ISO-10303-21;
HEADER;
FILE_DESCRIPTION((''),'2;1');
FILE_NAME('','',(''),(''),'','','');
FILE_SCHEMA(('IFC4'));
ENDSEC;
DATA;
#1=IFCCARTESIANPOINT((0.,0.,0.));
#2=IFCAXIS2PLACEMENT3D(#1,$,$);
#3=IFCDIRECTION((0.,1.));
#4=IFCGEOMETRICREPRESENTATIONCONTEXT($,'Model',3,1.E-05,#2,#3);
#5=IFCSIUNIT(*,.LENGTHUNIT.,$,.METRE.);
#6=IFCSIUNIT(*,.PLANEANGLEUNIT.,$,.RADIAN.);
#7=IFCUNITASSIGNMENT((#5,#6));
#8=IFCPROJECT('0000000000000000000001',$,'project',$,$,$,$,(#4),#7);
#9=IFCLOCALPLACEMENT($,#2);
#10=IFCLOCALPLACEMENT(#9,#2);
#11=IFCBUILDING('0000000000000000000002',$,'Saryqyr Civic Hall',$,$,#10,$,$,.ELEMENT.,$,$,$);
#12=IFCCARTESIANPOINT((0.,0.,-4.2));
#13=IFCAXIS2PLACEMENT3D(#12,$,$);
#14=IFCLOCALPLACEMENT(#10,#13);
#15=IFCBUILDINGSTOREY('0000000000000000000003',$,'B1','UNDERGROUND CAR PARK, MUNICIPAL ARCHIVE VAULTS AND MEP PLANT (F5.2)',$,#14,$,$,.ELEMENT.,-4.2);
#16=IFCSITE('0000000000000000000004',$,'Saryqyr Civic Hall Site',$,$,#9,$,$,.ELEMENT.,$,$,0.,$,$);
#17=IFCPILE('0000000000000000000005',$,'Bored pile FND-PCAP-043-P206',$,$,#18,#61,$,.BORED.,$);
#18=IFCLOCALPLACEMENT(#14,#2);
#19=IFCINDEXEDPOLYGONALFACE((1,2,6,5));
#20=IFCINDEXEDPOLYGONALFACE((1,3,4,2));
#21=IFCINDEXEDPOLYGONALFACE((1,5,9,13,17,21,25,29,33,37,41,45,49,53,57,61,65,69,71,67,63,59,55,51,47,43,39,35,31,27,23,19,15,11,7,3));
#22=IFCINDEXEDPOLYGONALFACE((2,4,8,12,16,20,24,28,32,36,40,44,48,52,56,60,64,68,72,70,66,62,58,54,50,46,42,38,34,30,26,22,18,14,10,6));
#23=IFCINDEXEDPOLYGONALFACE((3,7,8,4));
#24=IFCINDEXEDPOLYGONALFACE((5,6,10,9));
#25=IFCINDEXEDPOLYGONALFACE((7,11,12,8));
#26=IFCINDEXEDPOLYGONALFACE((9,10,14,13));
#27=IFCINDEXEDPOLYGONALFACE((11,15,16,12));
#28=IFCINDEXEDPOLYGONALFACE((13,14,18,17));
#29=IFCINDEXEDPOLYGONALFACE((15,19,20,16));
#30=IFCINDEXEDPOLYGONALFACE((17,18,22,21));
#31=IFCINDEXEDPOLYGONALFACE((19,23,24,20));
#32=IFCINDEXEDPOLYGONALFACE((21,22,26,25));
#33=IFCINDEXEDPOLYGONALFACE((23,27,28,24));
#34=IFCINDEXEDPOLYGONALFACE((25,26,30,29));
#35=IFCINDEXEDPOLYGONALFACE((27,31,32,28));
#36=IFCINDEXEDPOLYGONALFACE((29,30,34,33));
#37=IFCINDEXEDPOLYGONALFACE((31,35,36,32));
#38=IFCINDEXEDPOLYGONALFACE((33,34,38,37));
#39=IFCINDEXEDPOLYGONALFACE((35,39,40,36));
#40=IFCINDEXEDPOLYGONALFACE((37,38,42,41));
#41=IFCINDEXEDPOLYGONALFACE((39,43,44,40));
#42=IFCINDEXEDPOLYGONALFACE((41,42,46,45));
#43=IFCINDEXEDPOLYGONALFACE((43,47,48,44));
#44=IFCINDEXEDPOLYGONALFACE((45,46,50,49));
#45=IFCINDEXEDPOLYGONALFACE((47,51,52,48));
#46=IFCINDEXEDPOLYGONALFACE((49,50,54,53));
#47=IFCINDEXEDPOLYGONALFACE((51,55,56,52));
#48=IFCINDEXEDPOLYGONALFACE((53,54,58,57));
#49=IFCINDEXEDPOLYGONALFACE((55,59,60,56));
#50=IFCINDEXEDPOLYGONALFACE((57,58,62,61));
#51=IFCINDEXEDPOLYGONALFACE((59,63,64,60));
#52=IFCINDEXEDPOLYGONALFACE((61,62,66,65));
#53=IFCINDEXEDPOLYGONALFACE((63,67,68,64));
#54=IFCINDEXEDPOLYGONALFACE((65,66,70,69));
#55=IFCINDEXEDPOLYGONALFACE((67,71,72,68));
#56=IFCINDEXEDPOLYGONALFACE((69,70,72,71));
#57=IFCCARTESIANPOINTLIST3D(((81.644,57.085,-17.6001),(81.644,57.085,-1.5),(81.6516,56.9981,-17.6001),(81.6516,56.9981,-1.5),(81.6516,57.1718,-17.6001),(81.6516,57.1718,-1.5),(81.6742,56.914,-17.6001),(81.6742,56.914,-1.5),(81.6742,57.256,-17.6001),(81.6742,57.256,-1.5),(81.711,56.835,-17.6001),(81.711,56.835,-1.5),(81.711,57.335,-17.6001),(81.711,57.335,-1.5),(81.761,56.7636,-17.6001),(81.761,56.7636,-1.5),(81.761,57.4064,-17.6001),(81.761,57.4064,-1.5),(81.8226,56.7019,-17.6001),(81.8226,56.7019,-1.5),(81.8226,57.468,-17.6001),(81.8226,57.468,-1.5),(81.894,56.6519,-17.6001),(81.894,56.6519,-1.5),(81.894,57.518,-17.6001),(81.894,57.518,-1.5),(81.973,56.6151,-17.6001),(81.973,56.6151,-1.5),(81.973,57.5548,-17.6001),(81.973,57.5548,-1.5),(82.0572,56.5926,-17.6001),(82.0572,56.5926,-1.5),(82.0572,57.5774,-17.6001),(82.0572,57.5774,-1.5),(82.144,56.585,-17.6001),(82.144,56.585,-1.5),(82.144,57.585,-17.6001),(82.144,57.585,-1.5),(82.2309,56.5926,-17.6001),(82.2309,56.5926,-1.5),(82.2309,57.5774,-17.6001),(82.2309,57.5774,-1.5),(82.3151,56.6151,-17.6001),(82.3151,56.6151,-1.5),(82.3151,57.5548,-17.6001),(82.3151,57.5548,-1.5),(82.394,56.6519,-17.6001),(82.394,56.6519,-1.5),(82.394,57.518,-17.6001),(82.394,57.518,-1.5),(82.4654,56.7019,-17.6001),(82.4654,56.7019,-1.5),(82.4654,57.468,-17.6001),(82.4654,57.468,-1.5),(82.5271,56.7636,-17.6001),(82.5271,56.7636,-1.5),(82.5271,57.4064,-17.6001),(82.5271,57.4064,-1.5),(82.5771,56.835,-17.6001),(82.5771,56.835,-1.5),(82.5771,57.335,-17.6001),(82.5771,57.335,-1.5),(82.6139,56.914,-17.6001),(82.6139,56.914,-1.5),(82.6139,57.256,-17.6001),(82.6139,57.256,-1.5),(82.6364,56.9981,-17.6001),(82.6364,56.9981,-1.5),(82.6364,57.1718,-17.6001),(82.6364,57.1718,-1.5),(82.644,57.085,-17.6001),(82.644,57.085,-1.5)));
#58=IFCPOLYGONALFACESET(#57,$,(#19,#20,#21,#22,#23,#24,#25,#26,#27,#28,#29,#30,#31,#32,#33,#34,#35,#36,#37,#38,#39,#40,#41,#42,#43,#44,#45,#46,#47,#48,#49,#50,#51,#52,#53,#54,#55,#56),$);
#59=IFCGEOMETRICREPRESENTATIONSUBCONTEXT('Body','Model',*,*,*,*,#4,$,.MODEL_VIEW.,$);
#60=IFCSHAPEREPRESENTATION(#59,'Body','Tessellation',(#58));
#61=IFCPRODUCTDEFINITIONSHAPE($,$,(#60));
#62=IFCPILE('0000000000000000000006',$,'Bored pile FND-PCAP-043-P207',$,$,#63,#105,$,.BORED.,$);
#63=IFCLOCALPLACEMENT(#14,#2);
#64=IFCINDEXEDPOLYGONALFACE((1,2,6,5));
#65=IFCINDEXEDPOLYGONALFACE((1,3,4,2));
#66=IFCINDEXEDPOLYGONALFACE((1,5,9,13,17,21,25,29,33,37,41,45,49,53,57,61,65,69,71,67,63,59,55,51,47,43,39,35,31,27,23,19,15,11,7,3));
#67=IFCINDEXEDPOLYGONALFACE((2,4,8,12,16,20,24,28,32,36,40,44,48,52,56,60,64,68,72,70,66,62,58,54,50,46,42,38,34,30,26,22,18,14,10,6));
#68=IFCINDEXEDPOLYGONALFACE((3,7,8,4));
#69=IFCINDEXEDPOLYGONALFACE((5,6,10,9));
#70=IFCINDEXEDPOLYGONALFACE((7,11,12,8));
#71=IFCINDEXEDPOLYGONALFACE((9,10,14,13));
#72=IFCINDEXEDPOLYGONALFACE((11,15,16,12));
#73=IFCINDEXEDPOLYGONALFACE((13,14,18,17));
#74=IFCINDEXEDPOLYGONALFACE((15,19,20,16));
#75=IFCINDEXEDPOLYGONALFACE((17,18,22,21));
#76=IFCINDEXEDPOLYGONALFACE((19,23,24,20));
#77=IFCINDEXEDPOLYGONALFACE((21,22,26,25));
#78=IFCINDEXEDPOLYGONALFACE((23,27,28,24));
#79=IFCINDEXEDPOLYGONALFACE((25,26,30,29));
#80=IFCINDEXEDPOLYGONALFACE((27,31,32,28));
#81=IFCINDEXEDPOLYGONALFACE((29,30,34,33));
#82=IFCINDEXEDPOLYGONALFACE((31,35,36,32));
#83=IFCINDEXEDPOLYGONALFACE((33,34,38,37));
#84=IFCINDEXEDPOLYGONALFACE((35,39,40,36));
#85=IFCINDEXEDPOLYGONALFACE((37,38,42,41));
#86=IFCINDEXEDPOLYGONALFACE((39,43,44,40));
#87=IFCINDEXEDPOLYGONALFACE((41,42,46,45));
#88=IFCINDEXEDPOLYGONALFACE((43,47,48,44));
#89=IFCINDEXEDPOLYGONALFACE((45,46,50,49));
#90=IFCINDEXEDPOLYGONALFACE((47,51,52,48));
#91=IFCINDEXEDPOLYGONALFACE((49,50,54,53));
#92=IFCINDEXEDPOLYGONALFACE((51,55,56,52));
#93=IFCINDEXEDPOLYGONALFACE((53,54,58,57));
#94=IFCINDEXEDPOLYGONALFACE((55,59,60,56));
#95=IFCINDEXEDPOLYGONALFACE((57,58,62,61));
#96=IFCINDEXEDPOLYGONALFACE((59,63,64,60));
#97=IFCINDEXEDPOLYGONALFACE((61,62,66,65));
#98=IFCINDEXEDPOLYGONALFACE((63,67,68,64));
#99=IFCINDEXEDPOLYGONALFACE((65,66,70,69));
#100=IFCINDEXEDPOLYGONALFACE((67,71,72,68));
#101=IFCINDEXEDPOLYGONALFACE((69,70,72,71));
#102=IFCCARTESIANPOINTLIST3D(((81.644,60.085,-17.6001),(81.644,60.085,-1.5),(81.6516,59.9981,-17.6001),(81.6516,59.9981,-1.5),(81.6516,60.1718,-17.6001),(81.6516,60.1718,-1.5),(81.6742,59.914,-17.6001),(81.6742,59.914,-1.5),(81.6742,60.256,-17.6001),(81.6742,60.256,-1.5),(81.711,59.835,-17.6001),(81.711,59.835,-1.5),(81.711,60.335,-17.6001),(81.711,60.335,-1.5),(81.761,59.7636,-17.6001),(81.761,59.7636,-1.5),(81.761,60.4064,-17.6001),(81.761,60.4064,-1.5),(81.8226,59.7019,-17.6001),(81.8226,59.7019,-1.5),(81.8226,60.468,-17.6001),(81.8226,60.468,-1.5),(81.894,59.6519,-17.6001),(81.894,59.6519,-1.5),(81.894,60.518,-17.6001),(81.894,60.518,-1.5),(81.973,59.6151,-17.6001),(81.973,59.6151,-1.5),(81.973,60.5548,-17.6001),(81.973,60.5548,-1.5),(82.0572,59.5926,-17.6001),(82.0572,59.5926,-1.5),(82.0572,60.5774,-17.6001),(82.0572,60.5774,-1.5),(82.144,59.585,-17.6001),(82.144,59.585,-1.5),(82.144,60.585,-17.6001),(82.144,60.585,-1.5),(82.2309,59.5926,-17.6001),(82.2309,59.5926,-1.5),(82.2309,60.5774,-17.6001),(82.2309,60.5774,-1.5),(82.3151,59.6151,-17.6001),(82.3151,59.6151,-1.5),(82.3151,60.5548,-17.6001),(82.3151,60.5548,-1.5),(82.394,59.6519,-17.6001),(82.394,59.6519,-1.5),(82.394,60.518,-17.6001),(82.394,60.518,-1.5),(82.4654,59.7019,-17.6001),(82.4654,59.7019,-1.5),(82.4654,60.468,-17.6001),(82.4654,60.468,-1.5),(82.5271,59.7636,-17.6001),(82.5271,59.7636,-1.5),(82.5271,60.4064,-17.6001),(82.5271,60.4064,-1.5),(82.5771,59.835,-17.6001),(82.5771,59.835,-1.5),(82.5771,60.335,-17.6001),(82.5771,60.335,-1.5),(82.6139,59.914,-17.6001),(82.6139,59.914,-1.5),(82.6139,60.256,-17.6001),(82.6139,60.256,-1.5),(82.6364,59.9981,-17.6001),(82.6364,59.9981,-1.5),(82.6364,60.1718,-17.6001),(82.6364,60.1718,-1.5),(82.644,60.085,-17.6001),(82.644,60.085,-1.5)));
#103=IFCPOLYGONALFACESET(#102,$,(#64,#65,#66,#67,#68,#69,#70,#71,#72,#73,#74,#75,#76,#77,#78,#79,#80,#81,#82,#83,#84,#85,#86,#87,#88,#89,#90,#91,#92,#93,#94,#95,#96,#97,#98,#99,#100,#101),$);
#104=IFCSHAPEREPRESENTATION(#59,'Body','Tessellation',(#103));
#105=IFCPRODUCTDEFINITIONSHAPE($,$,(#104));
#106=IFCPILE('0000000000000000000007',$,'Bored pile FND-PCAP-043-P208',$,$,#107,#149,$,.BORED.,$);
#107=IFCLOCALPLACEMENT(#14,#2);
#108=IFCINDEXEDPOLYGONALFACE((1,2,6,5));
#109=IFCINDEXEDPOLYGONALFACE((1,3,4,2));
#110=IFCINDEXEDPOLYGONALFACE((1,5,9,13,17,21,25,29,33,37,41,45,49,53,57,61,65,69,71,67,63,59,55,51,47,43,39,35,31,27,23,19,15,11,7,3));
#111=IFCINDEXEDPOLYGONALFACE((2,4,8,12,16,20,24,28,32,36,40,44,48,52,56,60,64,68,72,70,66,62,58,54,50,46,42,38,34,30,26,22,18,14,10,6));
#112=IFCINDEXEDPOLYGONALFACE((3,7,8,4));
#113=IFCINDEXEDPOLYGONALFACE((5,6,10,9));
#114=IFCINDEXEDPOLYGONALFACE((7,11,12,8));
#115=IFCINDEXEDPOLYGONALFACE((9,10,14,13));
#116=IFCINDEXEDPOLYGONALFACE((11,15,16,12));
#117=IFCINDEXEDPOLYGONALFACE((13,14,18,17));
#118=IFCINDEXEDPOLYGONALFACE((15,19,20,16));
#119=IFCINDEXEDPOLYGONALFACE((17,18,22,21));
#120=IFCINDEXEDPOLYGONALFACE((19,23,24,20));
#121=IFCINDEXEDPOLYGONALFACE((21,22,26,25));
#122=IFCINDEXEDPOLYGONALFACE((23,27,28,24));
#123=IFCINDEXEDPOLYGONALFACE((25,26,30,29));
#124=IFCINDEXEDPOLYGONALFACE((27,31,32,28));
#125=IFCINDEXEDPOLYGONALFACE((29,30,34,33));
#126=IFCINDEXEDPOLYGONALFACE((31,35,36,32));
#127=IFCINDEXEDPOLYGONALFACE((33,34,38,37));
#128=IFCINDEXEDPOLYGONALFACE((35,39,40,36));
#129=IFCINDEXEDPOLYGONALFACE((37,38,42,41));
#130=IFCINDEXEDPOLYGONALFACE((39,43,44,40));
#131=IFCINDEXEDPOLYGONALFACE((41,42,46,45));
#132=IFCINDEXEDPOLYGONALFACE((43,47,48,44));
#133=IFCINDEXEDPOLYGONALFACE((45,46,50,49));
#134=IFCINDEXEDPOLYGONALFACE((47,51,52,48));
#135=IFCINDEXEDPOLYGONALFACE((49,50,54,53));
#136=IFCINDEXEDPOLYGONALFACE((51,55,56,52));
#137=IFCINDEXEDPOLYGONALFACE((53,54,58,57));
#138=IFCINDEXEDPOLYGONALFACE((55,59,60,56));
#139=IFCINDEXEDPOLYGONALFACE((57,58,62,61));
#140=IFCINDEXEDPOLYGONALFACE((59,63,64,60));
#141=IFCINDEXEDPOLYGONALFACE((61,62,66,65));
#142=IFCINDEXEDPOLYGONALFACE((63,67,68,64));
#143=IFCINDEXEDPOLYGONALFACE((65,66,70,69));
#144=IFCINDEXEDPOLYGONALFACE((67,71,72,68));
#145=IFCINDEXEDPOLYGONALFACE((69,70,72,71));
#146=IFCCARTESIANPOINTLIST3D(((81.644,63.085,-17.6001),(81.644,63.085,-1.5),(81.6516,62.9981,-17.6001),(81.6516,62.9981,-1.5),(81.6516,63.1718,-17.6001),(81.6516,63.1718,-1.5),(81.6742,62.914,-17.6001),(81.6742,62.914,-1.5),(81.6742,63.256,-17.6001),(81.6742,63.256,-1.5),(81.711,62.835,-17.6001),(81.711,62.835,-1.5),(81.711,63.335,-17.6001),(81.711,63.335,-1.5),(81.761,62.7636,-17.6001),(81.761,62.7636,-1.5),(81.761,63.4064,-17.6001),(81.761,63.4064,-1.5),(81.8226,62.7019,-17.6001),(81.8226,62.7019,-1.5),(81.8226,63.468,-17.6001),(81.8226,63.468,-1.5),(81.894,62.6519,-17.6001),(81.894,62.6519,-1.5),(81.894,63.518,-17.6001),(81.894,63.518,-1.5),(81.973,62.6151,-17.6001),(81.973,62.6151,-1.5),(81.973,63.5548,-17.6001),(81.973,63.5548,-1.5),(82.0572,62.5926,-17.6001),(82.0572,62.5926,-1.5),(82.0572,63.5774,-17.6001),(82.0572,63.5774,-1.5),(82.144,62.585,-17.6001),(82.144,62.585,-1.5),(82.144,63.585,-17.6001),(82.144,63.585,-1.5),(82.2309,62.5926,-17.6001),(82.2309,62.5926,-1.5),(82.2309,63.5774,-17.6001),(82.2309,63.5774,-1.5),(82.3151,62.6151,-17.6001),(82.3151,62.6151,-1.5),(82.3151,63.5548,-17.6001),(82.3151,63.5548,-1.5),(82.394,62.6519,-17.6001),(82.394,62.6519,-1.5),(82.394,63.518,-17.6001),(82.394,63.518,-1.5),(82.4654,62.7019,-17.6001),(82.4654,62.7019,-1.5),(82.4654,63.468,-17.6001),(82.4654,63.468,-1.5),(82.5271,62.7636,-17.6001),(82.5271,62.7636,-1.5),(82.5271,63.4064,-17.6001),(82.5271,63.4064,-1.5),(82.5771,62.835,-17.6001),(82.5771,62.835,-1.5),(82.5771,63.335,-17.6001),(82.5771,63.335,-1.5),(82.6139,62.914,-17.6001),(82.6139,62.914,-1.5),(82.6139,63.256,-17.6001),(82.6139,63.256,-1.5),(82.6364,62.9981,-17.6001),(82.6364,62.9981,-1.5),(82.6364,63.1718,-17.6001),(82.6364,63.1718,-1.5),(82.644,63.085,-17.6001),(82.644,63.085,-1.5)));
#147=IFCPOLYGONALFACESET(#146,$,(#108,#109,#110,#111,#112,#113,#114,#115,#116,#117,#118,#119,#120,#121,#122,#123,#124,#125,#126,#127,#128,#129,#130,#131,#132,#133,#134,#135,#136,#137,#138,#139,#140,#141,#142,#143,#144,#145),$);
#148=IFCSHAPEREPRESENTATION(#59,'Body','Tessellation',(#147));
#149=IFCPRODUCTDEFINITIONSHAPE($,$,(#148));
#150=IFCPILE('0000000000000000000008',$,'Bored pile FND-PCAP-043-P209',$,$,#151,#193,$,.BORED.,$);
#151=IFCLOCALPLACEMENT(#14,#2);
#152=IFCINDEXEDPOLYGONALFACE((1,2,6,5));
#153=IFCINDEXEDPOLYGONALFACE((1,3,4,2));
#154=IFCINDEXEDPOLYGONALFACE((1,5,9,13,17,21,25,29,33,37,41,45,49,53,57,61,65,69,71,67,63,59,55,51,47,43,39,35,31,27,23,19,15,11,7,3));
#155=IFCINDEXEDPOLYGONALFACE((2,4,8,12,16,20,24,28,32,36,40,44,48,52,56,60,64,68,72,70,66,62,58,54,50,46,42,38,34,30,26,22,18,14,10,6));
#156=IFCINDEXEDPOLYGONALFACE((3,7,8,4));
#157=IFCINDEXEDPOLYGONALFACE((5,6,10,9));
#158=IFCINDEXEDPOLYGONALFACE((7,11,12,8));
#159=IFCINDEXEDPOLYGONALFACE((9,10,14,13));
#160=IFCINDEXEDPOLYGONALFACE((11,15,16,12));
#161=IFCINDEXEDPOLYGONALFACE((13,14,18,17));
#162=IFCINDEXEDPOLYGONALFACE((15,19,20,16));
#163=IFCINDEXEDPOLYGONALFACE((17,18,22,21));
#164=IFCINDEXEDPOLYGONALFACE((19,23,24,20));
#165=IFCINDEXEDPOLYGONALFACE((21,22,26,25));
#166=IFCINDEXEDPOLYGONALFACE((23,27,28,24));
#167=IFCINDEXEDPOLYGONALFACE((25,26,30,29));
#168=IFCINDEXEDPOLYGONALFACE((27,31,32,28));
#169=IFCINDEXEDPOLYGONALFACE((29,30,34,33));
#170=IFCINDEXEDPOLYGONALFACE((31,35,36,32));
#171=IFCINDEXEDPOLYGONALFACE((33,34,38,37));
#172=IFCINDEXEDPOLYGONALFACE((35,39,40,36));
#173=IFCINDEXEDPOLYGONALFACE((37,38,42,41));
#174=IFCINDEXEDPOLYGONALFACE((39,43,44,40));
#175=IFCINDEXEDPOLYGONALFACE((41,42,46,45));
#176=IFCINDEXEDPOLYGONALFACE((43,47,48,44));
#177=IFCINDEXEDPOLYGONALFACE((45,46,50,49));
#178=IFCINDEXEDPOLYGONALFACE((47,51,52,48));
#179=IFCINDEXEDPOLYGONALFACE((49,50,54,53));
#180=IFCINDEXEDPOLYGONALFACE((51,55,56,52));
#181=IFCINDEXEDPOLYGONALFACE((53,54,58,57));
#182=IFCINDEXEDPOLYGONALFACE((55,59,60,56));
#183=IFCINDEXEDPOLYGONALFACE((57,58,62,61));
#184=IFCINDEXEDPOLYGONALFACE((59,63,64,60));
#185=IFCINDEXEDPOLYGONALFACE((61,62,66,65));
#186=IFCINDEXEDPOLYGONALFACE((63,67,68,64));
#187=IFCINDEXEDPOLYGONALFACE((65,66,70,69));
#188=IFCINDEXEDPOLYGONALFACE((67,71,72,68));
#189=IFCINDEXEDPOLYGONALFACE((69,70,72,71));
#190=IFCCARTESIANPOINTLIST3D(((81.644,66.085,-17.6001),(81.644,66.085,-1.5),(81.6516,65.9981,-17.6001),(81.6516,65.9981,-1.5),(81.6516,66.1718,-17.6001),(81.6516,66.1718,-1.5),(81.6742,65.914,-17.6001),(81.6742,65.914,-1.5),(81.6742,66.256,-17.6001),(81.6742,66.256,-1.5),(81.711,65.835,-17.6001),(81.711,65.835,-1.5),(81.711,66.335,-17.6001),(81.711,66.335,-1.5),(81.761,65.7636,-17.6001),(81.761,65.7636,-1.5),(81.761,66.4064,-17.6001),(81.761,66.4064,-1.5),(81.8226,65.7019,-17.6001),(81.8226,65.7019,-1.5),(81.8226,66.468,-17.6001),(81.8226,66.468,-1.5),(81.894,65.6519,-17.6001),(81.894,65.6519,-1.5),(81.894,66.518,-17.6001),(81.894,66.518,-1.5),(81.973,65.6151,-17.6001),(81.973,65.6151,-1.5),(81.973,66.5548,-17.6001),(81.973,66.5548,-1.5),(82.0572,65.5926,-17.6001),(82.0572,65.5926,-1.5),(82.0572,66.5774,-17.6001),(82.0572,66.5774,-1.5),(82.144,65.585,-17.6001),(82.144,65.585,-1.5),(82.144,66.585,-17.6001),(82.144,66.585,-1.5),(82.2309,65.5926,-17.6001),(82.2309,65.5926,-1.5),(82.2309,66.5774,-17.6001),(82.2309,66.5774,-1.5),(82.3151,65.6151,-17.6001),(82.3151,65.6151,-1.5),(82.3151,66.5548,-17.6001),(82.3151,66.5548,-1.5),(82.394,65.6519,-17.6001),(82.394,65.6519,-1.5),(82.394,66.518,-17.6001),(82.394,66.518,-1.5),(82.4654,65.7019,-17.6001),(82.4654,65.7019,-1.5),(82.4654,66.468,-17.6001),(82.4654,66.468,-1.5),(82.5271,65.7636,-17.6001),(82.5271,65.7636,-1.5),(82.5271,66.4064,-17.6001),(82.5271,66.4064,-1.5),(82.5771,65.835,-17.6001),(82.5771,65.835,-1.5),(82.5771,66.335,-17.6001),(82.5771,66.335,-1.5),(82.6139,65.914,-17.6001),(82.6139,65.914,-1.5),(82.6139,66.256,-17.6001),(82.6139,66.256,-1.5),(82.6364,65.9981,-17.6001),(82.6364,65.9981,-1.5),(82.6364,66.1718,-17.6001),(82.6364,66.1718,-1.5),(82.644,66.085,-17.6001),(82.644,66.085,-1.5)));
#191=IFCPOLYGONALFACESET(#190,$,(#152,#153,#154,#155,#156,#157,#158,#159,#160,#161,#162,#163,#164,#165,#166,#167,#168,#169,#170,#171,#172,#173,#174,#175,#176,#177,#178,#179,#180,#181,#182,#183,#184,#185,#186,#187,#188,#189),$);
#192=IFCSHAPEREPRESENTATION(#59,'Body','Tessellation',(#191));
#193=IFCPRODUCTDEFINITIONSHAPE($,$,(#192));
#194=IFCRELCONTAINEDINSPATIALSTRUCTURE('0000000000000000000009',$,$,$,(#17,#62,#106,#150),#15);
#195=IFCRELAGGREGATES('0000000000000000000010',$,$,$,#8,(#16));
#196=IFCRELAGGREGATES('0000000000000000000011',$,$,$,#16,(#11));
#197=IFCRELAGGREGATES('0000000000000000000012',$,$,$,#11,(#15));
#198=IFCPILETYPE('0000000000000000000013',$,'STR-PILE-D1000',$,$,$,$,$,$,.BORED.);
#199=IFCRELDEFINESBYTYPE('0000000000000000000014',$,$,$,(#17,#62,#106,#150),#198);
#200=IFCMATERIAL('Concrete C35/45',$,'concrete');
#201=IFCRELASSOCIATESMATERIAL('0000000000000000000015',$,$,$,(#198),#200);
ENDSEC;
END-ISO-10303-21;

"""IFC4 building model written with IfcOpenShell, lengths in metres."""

from ifc_helpers import new_model, si_unit, direction, frame, origin, origin_2d, place, context, subcontext, project, spatial, circle, extrude, material, material_profile, profile_set, type_object, element, save


model = new_model("IFC4")

# Units and contexts
model_context = context("Model", 3, precision=1e-05, world=origin(), true_north=direction((0.0, 1.0)))
body_context = subcontext(model_context, "Body", "Model", "MODEL_VIEW")
ifc_project = project(units=[si_unit("LENGTHUNIT", "METRE"), si_unit("PLANEANGLEUNIT", "RADIAN")], contexts=[model_context])

# Site, building, storey
site_placement = place(None, origin())
site = spatial("IfcSite", under=ifc_project, at=site_placement, Name="Saryqyr Civic Hall Site", CompositionType="ELEMENT", RefElevation=0.0)
building_placement = place(site_placement, origin())
building = spatial("IfcBuilding", under=site, at=building_placement, Name="Saryqyr Civic Hall", CompositionType="ELEMENT")
storey_placement = place(building_placement, frame((0.0, 0.0, -4.2)))
storey = spatial("IfcBuildingStorey", under=building, at=storey_placement, Name="B1", Description="UNDERGROUND CAR PARK, MUNICIPAL ARCHIVE VAULTS AND MEP PLANT (F5.2)", CompositionType="ELEMENT", Elevation=-4.2)

# Piles
ifc_material_1 = material(Name="Concrete C35/45", Category="concrete")
ifc_material_profile_1 = material_profile(ifc_material_1, circle(Radius=0.5, at=origin_2d()), Name="BORED PILE D1000")
ifc_profile_set_1 = profile_set([ifc_material_profile_1], Name="Concrete C35/45")
pile_type = type_object("IfcPileType", Name="STR-PILE-D1000", PredefinedType="BORED", material=ifc_profile_set_1)
for number, where, z_axis, x_axis, name in (
    (1, (82.144, 57.085, -1.5), (0.0, 0.0, -1.0), (1.0, 0.0, 0.0), "Bored pile FND-PCAP-043-P206"),
    (2, (82.144, 60.085, -1.5), (0.0, 0.0, -1.0), (1.0, 0.0, 0.0), "Bored pile FND-PCAP-043-P207"),
    (3, (82.144, 63.085, -1.5), (0.0, 0.0, -1.0), (1.0, 0.0, 0.0), "Bored pile FND-PCAP-043-P208"),
    (4, (82.144, 66.085, -1.5), (0.0, 0.0, -1.0), (1.0, 0.0, 0.0), "Bored pile FND-PCAP-043-P209"),
):
    element("IfcPile", number, at=place(storey_placement, frame(where, z_axis=z_axis, x_axis=x_axis)), inside=storey, type_object=pile_type, Name=name, PredefinedType="BORED", context=body_context, shape_type="SweptSolid", body=[
        extrude(circle(Radius=0.5, at=origin_2d()), origin(), (0.0, 0.0, 1.0), 16.1001),
    ])

save(model, "model.ifc")
